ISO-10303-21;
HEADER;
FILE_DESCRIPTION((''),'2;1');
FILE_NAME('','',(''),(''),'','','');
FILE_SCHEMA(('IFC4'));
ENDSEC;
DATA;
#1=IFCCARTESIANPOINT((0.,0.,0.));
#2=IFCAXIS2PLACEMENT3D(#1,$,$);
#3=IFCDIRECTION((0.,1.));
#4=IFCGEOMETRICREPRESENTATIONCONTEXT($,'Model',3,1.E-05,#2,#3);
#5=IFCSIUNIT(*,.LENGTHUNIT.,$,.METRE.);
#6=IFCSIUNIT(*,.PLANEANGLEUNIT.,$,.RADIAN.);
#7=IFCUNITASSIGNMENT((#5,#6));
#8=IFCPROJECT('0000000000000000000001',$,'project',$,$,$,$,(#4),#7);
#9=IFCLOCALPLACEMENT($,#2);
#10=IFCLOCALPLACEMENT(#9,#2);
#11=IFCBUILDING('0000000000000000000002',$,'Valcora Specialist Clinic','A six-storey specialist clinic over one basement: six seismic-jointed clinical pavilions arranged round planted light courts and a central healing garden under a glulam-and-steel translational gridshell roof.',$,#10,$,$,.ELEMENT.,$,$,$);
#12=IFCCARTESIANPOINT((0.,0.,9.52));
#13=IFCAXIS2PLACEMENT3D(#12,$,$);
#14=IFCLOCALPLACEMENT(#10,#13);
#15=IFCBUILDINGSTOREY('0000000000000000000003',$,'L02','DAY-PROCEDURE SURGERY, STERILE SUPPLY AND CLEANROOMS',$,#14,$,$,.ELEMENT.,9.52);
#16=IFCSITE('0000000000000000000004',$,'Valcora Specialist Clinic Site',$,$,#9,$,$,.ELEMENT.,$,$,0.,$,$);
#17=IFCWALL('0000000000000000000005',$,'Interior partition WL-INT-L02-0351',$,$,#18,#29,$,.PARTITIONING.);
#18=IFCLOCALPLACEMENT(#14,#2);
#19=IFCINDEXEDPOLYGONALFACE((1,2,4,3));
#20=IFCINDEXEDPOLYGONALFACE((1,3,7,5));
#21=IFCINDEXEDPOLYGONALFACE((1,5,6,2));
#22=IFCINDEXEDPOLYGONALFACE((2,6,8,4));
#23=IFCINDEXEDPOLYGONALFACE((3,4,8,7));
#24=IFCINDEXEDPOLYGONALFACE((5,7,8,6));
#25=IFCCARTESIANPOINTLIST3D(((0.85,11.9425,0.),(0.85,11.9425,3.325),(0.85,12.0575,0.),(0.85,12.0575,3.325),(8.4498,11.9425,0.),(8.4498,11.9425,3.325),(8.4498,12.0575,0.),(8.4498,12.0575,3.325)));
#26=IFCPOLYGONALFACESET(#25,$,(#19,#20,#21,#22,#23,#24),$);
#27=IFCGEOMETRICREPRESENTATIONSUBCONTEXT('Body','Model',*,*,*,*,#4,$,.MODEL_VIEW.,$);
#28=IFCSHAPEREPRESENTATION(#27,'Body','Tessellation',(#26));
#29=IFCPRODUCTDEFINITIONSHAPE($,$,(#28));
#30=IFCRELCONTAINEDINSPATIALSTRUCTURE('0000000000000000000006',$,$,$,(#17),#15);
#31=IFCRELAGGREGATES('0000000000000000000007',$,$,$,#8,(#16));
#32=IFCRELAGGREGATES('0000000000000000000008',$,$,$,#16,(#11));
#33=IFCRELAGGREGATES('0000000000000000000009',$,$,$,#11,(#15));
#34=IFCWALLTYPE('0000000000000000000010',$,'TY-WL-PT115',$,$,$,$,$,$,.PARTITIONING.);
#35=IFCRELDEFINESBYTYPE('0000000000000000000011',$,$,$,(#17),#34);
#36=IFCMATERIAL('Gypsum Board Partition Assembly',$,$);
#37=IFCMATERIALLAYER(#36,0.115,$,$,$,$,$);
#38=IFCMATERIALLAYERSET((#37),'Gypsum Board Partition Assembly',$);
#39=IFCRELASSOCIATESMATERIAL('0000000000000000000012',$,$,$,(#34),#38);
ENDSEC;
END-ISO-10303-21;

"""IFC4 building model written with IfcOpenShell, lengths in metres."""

from ifc_helpers import new_model, si_unit, direction, frame, frame_2d, origin, place, context, subcontext, project, spatial, rectangle, extrude, material, layer, layer_set, type_object, element, save


model = new_model("IFC4")

# Units and contexts
model_context = context("Model", 3, precision=1e-05, world=origin(), true_north=direction((0.0, 1.0)))
body_context = subcontext(model_context, "Body", "Model", "MODEL_VIEW")
ifc_project = project(units=[si_unit("LENGTHUNIT", "METRE"), si_unit("PLANEANGLEUNIT", "RADIAN")], contexts=[model_context])

# Site, building, storey
site_placement = place(None, origin())
site = spatial("IfcSite", under=ifc_project, at=site_placement, Name="Valcora Specialist Clinic Site", CompositionType="ELEMENT", RefElevation=0.0)
building_placement = place(site_placement, origin())
building = spatial("IfcBuilding", under=site, at=building_placement, Name="Valcora Specialist Clinic", Description="A six-storey specialist clinic over one basement: six seismic-jointed clinical pavilions arranged round planted light courts and a central healing garden under a glulam-and-steel translational gridshell roof.", CompositionType="ELEMENT")
storey_placement = place(building_placement, frame((0.0, 0.0, 9.52)))
storey = spatial("IfcBuildingStorey", under=building, at=storey_placement, Name="L02", Description="DAY-PROCEDURE SURGERY, STERILE SUPPLY AND CLEANROOMS", CompositionType="ELEMENT", Elevation=9.52)

# Wall
ifc_material_1 = material(Name="Gypsum Board Partition Assembly")
ifc_layer_1 = layer(ifc_material_1, 0.115)
ifc_layer_set_1 = layer_set([ifc_layer_1], Name="Gypsum Board Partition Assembly")
wall_type_1 = type_object("IfcWallType", Name="TY-WL-PT115", PredefinedType="PARTITIONING", material=ifc_layer_set_1)
wall_1_placement = place(storey_placement, frame((0.8501, 12.0, 0.0), z_axis=(0.0, 0.0, 1.0), x_axis=(1.0, 0.0, 0.0)))
element("IfcWall", 1, at=wall_1_placement, inside=storey, type_object=wall_type_1, Name="Interior partition WL-INT-L02-0351", PredefinedType="PARTITIONING", context=body_context, shape_type="SweptSolid", body=[
    extrude(rectangle(XDim=7.5999, YDim=0.115, at=frame_2d((3.7998, 0.0))), origin(), (0.0, 0.0, 1.0), 3.325),
])

save(model, "model.ifc")
